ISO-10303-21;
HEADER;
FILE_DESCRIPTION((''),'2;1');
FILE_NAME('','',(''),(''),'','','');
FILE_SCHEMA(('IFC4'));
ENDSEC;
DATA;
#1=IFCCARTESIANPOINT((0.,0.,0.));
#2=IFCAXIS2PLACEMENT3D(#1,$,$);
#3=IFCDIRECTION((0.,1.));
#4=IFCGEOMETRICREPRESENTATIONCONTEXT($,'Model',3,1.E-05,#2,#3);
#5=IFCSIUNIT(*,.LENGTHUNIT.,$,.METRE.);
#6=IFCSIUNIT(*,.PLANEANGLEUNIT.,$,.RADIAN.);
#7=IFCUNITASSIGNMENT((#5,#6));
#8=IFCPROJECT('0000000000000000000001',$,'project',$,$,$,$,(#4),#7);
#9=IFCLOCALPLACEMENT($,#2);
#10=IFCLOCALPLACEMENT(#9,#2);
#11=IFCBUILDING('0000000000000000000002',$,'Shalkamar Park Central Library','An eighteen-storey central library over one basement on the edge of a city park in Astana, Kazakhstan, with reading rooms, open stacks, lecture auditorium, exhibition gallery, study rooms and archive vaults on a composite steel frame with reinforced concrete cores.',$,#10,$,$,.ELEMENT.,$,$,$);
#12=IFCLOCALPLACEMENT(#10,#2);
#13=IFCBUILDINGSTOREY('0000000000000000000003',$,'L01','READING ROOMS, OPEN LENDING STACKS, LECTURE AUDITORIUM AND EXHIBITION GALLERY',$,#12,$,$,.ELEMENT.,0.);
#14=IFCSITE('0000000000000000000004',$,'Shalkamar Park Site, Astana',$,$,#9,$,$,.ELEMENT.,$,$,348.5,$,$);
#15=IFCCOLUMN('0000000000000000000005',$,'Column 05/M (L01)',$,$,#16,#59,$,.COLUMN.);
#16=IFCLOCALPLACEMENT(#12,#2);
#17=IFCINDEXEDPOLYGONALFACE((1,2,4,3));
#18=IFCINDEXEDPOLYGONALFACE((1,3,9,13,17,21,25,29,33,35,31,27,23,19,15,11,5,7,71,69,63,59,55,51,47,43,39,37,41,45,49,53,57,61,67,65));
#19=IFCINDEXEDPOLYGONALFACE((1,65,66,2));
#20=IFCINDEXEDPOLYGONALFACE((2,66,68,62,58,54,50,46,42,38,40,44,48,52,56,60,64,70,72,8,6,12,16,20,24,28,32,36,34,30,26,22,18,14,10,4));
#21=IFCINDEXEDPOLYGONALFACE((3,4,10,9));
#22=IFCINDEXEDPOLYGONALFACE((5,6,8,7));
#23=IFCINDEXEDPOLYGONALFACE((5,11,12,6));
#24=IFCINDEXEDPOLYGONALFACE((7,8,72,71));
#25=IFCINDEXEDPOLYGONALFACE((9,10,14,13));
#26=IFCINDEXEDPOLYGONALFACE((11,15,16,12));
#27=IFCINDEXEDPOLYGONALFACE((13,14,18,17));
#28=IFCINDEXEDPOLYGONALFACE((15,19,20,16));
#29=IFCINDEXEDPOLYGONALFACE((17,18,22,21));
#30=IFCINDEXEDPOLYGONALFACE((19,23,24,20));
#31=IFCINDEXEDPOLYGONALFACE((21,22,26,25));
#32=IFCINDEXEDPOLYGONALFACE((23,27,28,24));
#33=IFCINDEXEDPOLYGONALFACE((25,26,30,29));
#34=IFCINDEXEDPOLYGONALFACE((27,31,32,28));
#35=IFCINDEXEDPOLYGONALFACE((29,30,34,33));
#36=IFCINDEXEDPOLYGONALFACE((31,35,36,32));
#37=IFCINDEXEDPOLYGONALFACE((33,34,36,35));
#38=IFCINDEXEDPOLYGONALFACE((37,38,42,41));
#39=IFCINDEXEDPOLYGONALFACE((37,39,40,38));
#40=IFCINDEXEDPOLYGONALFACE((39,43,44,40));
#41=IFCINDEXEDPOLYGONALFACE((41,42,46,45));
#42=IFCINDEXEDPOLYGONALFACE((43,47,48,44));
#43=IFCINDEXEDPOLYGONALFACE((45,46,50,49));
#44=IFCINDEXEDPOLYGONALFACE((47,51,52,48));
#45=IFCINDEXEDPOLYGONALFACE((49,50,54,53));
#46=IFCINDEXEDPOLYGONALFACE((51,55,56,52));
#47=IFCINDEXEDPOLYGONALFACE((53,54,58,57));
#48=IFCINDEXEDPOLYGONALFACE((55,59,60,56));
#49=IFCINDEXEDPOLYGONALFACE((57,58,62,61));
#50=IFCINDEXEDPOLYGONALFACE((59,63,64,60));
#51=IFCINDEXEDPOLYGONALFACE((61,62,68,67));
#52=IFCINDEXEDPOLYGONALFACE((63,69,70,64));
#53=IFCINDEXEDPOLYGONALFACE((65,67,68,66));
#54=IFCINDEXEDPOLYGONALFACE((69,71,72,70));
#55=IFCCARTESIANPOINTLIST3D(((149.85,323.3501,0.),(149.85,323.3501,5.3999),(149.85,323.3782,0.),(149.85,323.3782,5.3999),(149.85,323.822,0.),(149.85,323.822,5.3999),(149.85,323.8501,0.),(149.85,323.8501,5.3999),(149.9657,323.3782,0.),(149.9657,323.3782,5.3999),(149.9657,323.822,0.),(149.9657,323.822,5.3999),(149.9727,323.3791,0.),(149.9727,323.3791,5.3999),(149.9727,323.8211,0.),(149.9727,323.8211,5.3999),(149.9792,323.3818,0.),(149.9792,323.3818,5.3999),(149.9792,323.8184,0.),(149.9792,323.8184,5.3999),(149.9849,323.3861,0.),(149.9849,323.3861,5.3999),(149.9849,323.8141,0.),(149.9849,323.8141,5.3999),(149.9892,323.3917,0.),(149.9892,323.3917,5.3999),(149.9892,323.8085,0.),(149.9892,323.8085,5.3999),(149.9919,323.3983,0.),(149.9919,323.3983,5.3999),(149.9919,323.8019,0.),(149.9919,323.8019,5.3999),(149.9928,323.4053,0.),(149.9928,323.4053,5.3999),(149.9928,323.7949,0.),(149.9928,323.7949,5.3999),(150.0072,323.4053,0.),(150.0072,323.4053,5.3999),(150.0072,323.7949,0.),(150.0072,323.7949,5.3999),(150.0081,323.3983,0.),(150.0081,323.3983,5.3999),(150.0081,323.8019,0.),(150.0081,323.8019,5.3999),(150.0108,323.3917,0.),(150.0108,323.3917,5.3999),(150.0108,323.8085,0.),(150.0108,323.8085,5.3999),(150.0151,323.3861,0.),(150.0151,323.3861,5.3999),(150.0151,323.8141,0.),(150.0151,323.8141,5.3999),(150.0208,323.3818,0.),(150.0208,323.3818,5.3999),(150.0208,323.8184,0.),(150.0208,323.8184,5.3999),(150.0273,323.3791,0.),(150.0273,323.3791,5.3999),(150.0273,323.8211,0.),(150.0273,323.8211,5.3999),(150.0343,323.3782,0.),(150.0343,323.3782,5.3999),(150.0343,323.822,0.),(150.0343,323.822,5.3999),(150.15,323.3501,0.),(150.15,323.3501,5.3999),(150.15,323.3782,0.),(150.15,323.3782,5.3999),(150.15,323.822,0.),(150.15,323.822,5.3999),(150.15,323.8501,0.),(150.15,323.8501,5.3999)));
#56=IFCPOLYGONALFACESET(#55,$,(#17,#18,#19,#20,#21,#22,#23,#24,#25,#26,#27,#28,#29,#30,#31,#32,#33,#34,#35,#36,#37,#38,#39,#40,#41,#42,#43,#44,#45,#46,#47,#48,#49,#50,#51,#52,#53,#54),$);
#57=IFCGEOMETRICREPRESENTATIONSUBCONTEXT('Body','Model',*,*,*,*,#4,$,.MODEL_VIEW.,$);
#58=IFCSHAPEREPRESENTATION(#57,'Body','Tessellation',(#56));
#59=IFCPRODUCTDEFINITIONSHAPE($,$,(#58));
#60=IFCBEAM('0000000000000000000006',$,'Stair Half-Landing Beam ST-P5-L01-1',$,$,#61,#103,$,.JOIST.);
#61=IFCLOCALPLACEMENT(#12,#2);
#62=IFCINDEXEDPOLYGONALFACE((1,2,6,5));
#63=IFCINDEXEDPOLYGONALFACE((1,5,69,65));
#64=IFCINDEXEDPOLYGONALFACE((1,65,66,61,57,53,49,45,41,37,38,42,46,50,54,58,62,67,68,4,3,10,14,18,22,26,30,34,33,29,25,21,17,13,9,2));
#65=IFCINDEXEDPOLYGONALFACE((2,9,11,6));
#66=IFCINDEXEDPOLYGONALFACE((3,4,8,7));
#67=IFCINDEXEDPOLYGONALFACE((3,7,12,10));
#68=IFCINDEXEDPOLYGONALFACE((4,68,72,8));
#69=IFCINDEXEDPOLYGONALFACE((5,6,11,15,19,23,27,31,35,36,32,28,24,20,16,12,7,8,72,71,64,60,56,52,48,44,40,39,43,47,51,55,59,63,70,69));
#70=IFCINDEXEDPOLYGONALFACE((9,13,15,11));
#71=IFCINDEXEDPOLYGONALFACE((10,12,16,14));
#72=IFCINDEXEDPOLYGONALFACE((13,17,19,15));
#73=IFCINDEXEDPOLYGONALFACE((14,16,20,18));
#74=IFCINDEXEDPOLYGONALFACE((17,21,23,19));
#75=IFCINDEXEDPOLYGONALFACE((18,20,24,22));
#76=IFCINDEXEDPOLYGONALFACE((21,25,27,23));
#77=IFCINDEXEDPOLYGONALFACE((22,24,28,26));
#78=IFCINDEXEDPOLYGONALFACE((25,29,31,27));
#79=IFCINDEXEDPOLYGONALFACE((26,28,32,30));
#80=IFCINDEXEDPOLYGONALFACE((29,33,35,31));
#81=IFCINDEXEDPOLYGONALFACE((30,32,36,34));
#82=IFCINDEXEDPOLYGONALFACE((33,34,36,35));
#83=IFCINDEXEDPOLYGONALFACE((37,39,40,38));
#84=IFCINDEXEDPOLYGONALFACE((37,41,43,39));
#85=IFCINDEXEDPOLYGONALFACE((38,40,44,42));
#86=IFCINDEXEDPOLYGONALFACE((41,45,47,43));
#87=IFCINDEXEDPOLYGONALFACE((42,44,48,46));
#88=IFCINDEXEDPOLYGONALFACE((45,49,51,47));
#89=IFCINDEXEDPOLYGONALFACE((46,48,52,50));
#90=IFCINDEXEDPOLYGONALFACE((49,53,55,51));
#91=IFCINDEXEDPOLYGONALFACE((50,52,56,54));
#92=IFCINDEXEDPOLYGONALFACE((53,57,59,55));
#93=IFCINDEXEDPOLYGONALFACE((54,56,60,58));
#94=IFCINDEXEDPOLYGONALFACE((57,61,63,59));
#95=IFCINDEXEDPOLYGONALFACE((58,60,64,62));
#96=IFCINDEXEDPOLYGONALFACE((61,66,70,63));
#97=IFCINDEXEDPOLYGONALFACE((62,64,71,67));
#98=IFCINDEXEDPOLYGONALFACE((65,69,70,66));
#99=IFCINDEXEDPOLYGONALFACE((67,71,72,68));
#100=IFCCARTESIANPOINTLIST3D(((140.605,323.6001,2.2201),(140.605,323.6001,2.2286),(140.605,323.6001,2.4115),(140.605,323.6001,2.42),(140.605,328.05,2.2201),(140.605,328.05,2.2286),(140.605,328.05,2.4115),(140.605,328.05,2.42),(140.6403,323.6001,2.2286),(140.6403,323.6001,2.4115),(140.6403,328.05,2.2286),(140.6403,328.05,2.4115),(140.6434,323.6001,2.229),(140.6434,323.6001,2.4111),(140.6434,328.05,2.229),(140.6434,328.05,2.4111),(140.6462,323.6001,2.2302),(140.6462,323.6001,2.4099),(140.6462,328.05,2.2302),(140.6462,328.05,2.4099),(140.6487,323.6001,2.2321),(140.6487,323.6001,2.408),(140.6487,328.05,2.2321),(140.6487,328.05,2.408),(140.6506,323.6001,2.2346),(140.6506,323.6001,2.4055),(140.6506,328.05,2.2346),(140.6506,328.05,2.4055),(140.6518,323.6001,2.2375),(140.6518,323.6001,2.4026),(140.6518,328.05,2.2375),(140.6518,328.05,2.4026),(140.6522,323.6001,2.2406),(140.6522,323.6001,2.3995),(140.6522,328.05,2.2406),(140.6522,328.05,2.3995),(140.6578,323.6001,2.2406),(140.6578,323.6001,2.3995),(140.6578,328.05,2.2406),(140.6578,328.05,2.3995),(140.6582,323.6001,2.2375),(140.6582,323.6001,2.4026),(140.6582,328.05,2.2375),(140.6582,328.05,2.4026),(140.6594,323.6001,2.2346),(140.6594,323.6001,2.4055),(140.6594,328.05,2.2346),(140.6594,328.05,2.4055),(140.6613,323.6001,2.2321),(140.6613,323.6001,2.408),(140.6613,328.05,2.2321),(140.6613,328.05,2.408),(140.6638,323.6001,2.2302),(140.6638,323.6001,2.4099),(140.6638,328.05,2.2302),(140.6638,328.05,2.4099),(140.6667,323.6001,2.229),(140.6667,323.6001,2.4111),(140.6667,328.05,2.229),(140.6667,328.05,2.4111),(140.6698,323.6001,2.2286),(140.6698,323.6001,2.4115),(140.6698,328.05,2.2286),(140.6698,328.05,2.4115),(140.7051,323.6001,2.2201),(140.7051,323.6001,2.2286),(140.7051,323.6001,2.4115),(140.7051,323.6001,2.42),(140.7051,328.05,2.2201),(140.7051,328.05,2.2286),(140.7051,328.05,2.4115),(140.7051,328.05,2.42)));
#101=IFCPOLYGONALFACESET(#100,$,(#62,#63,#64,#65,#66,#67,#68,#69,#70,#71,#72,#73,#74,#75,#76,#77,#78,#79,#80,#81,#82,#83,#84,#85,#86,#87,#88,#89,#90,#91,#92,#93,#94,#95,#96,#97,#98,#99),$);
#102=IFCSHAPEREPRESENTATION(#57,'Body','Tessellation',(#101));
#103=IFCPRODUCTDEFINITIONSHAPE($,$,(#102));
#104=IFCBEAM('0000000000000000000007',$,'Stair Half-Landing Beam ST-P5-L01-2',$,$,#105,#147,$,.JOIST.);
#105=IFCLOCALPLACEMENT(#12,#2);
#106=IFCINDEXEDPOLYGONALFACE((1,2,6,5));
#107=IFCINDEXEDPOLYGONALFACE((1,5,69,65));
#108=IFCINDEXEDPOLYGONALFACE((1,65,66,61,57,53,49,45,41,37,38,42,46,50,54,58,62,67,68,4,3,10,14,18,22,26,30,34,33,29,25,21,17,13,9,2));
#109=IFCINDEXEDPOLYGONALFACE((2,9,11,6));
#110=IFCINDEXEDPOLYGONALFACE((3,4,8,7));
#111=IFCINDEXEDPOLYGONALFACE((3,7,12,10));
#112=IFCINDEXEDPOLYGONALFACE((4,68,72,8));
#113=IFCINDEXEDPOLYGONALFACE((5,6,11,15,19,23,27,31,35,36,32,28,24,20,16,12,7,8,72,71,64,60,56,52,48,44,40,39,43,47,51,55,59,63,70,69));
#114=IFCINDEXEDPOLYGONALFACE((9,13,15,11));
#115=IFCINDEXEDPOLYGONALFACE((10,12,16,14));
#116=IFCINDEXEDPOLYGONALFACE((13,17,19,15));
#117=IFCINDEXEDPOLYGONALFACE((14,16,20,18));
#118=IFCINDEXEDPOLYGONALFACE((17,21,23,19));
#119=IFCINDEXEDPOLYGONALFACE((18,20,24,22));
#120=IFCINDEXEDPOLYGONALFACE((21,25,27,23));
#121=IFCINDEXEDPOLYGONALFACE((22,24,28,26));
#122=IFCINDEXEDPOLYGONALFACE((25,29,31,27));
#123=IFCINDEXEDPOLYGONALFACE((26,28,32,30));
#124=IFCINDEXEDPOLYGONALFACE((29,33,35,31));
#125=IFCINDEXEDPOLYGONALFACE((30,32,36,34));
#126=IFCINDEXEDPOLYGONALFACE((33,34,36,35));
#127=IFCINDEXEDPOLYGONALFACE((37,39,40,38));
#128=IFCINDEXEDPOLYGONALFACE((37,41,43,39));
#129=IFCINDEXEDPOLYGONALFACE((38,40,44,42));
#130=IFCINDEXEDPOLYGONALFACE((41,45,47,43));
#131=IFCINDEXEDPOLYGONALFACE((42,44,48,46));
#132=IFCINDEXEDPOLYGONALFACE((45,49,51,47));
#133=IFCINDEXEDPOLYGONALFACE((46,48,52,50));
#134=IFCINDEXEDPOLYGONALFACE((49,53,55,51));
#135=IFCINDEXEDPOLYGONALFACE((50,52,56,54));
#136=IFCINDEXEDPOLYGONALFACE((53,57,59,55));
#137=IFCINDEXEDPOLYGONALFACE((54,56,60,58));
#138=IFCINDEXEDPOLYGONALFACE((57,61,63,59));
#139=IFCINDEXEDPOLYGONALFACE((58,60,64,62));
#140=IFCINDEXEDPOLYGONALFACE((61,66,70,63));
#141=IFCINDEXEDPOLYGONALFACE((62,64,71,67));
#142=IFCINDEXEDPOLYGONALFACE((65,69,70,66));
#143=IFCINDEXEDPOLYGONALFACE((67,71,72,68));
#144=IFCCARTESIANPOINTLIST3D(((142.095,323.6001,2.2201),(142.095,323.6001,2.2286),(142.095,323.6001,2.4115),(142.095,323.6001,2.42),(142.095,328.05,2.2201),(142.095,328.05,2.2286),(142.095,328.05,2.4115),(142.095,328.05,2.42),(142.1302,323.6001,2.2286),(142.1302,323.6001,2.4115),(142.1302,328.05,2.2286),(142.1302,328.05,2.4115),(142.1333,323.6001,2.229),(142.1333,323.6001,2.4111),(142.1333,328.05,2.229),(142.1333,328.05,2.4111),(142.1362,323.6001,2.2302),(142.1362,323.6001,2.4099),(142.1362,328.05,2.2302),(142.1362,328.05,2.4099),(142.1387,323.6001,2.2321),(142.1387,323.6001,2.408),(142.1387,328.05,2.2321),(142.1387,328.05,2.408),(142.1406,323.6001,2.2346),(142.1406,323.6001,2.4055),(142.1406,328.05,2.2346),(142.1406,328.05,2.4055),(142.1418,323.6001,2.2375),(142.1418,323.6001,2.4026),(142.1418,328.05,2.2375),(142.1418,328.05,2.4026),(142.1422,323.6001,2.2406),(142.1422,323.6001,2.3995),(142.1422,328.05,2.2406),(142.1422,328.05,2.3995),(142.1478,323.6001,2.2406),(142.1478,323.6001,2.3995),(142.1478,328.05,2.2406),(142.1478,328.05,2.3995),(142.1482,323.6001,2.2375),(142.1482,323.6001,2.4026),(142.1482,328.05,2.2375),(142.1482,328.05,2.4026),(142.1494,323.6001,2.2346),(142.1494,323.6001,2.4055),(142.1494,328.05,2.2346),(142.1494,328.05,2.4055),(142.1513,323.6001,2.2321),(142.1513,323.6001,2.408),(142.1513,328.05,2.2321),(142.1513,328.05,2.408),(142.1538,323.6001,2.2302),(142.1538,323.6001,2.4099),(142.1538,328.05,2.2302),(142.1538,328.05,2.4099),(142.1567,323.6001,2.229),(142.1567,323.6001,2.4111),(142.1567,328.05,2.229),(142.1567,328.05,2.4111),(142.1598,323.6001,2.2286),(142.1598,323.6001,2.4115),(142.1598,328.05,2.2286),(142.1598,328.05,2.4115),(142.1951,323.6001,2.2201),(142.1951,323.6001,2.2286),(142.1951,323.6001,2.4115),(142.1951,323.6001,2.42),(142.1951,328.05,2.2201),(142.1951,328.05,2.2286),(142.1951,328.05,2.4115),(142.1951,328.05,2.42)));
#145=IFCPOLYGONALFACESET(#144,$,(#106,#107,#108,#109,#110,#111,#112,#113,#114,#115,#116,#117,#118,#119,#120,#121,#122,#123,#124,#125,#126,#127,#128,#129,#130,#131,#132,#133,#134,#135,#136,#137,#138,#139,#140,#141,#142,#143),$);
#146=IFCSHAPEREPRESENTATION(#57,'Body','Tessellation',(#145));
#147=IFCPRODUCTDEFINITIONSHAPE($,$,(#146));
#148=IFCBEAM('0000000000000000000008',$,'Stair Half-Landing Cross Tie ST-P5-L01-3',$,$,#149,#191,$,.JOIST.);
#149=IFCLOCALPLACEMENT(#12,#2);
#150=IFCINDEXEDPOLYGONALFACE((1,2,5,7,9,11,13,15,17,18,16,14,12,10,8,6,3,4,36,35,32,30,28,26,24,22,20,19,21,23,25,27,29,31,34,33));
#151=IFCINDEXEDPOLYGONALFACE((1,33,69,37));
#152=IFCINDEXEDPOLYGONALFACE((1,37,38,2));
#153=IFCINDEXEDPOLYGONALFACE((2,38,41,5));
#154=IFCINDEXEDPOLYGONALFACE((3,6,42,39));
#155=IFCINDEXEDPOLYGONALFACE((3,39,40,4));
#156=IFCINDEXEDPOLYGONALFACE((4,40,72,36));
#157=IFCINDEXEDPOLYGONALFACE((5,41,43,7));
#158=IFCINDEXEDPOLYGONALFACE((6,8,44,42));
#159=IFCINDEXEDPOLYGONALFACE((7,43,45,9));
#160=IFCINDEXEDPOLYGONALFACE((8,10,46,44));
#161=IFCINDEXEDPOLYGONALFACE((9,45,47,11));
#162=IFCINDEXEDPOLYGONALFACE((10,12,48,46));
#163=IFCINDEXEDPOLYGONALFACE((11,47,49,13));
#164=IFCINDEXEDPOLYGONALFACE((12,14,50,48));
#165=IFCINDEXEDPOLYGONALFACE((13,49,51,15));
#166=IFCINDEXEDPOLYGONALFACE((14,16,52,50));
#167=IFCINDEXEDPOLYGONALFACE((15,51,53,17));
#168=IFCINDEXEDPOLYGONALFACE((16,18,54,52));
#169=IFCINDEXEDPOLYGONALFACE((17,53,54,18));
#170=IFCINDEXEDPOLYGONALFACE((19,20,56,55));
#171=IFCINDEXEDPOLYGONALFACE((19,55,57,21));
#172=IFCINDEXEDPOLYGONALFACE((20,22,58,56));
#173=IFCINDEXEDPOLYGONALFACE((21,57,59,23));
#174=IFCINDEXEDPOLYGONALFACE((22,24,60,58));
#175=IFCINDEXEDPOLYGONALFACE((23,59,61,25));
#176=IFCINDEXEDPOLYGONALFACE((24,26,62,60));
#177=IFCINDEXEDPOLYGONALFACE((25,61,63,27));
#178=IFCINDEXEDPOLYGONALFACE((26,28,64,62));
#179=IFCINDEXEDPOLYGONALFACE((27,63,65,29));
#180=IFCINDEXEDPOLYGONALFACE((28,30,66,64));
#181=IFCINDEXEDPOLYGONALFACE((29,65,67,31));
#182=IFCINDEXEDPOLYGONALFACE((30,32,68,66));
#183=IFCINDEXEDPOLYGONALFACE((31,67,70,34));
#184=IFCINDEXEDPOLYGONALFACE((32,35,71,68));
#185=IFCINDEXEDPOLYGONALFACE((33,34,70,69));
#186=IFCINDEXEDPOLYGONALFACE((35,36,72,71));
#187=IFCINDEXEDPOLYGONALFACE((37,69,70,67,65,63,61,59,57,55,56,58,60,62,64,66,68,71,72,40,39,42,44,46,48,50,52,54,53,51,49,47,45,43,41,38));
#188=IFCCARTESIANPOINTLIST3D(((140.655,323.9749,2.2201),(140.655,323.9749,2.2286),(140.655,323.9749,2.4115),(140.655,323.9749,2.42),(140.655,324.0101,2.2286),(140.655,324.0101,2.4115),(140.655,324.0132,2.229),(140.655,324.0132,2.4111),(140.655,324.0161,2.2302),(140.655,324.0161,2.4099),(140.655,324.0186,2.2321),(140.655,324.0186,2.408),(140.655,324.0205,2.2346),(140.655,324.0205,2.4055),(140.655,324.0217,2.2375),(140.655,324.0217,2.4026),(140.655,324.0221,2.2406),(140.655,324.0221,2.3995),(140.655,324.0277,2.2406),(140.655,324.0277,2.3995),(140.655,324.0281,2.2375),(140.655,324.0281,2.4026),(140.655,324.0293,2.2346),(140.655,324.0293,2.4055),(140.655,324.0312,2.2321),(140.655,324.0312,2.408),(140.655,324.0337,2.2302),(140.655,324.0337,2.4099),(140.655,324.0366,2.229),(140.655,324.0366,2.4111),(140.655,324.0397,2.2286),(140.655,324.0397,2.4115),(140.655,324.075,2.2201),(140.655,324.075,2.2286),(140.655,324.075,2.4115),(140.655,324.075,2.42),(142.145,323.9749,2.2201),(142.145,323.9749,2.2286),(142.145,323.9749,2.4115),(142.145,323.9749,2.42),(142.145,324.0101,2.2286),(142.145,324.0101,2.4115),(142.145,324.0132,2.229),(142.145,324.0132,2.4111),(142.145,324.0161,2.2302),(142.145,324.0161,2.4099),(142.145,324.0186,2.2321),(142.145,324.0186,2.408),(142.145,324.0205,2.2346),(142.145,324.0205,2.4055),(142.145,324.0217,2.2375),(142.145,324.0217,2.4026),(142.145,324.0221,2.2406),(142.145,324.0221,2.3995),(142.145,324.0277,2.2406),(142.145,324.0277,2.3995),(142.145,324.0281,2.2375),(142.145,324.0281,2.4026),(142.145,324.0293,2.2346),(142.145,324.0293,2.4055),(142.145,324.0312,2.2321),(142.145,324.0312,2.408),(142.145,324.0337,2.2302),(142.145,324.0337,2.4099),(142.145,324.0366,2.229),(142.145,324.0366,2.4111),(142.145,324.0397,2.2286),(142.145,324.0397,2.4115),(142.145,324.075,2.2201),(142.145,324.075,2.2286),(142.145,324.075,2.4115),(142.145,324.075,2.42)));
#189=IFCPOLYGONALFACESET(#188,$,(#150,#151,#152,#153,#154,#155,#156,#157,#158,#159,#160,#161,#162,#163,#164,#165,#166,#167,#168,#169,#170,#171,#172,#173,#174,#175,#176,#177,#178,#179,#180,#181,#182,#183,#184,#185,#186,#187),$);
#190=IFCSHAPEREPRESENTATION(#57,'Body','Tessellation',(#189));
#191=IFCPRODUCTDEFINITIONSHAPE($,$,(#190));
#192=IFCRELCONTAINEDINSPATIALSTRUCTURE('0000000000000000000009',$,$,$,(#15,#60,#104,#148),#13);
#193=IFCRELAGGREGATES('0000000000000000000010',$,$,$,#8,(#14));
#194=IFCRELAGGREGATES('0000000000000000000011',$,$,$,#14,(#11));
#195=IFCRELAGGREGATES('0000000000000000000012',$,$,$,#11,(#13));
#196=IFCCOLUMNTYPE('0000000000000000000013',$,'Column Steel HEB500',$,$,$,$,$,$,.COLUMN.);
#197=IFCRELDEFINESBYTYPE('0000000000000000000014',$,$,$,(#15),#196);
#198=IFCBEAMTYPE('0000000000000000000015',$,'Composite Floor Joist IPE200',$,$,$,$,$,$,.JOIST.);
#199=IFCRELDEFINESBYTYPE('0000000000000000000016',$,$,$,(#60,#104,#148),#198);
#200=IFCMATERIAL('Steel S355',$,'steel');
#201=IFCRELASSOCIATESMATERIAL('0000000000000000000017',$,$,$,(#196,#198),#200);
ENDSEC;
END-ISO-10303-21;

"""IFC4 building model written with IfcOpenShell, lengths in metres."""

from ifc_helpers import new_model, si_unit, direction, frame, origin, origin_2d, place, context, subcontext, project, spatial, i_section, extrude, material, material_profile, profile_set, type_object, element, save


model = new_model("IFC4")

# Units and contexts
model_context = context("Model", 3, precision=1e-05, world=origin(), true_north=direction((0.0, 1.0)))
body_context = subcontext(model_context, "Body", "Model", "MODEL_VIEW")
ifc_project = project(units=[si_unit("LENGTHUNIT", "METRE"), si_unit("PLANEANGLEUNIT", "RADIAN")], contexts=[model_context])

# Site, building, storey
site_placement = place(None, origin())
site = spatial("IfcSite", under=ifc_project, at=site_placement, Name="Shalkamar Park Site, Astana", CompositionType="ELEMENT", RefElevation=348.5)
building_placement = place(site_placement, origin())
building = spatial("IfcBuilding", under=site, at=building_placement, Name="Shalkamar Park Central Library", Description="An eighteen-storey central library over one basement on the edge of a city park in Astana, Kazakhstan, with reading rooms, open stacks, lecture auditorium, exhibition gallery, study rooms and archive vaults on a composite steel frame with reinforced concrete cores.", CompositionType="ELEMENT")
storey_placement = place(building_placement, origin())
storey = spatial("IfcBuildingStorey", under=building, at=storey_placement, Name="L01", Description="READING ROOMS, OPEN LENDING STACKS, LECTURE AUDITORIUM AND EXHIBITION GALLERY", CompositionType="ELEMENT", Elevation=0.0)

# Column
ifc_material_1 = material(Name="Steel S355", Category="steel")
ifc_material_profile_1 = material_profile(ifc_material_1, i_section(OverallWidth=0.3, OverallDepth=0.5, WebThickness=0.0144, FlangeThickness=0.0281, FilletRadius=0.0271, at=origin_2d()), Name="HEB 500")
ifc_profile_set_1 = profile_set([ifc_material_profile_1], Name="Steel S355")
column_type_1 = type_object("IfcColumnType", Name="Column Steel HEB500", PredefinedType="COLUMN", material=ifc_profile_set_1)
for number, where, z_axis, x_axis, name in (
    (1, (150.0, 323.6001, 0.0), (0.0, 0.0, 1.0), (1.0, 0.0, 0.0), "Column 05/M (L01)"),
):
    element("IfcColumn", number, at=place(storey_placement, frame(where, z_axis=z_axis, x_axis=x_axis)), inside=storey, type_object=column_type_1, Name=name, PredefinedType="COLUMN", context=body_context, shape_type="SweptSolid", body=[
        extrude(i_section(OverallWidth=0.3, OverallDepth=0.5, WebThickness=0.0144, FlangeThickness=0.0281, FilletRadius=0.0271, at=origin_2d()), origin(), (0.0, 0.0, 1.0), 5.3999),
    ])

# Beams
ifc_material_profile_2 = material_profile(ifc_material_1, i_section(OverallWidth=0.1001, OverallDepth=0.2, WebThickness=0.0056, FlangeThickness=0.0085, FilletRadius=0.012, at=origin_2d()), Name="IPE 200")
ifc_profile_set_2 = profile_set([ifc_material_profile_2], Name="Steel S355")
beam_type_1 = type_object("IfcBeamType", Name="Composite Floor Joist IPE200", PredefinedType="JOIST", material=ifc_profile_set_2)
for number, where, z_axis, x_axis, name in (
    (2, (140.655, 323.6001, 2.3201), (0.0, 1.0, 0.0), (-1.0, 0.0, 0.0), "Stair Half-Landing Beam ST-P5-L01-1"),
    (3, (142.145, 323.6001, 2.3201), (0.0, 1.0, 0.0), (-1.0, 0.0, 0.0), "Stair Half-Landing Beam ST-P5-L01-2"),
):
    element("IfcBeam", number, at=place(storey_placement, frame(where, z_axis=z_axis, x_axis=x_axis)), inside=storey, type_object=beam_type_1, Name=name, PredefinedType="JOIST", context=body_context, shape_type="SweptSolid", body=[
        extrude(i_section(OverallWidth=0.1001, OverallDepth=0.2, WebThickness=0.0056, FlangeThickness=0.0085, FilletRadius=0.012, at=origin_2d()), origin(), (0.0, 0.0, 1.0), 4.45),
    ])
beam_1_placement = place(storey_placement, frame((140.655, 324.0249, 2.3201), z_axis=(1.0, 0.0, 0.0), x_axis=(0.0, 1.0, 0.0)))
element("IfcBeam", 4, at=beam_1_placement, inside=storey, type_object=beam_type_1, Name="Stair Half-Landing Cross Tie ST-P5-L01-3", PredefinedType="JOIST", context=body_context, shape_type="SweptSolid", body=[
    extrude(i_section(OverallWidth=0.1001, OverallDepth=0.2, WebThickness=0.0056, FlangeThickness=0.0085, FilletRadius=0.012, at=origin_2d()), origin(), (0.0, 0.0, 1.0), 1.49),
])

save(model, "model.ifc")
